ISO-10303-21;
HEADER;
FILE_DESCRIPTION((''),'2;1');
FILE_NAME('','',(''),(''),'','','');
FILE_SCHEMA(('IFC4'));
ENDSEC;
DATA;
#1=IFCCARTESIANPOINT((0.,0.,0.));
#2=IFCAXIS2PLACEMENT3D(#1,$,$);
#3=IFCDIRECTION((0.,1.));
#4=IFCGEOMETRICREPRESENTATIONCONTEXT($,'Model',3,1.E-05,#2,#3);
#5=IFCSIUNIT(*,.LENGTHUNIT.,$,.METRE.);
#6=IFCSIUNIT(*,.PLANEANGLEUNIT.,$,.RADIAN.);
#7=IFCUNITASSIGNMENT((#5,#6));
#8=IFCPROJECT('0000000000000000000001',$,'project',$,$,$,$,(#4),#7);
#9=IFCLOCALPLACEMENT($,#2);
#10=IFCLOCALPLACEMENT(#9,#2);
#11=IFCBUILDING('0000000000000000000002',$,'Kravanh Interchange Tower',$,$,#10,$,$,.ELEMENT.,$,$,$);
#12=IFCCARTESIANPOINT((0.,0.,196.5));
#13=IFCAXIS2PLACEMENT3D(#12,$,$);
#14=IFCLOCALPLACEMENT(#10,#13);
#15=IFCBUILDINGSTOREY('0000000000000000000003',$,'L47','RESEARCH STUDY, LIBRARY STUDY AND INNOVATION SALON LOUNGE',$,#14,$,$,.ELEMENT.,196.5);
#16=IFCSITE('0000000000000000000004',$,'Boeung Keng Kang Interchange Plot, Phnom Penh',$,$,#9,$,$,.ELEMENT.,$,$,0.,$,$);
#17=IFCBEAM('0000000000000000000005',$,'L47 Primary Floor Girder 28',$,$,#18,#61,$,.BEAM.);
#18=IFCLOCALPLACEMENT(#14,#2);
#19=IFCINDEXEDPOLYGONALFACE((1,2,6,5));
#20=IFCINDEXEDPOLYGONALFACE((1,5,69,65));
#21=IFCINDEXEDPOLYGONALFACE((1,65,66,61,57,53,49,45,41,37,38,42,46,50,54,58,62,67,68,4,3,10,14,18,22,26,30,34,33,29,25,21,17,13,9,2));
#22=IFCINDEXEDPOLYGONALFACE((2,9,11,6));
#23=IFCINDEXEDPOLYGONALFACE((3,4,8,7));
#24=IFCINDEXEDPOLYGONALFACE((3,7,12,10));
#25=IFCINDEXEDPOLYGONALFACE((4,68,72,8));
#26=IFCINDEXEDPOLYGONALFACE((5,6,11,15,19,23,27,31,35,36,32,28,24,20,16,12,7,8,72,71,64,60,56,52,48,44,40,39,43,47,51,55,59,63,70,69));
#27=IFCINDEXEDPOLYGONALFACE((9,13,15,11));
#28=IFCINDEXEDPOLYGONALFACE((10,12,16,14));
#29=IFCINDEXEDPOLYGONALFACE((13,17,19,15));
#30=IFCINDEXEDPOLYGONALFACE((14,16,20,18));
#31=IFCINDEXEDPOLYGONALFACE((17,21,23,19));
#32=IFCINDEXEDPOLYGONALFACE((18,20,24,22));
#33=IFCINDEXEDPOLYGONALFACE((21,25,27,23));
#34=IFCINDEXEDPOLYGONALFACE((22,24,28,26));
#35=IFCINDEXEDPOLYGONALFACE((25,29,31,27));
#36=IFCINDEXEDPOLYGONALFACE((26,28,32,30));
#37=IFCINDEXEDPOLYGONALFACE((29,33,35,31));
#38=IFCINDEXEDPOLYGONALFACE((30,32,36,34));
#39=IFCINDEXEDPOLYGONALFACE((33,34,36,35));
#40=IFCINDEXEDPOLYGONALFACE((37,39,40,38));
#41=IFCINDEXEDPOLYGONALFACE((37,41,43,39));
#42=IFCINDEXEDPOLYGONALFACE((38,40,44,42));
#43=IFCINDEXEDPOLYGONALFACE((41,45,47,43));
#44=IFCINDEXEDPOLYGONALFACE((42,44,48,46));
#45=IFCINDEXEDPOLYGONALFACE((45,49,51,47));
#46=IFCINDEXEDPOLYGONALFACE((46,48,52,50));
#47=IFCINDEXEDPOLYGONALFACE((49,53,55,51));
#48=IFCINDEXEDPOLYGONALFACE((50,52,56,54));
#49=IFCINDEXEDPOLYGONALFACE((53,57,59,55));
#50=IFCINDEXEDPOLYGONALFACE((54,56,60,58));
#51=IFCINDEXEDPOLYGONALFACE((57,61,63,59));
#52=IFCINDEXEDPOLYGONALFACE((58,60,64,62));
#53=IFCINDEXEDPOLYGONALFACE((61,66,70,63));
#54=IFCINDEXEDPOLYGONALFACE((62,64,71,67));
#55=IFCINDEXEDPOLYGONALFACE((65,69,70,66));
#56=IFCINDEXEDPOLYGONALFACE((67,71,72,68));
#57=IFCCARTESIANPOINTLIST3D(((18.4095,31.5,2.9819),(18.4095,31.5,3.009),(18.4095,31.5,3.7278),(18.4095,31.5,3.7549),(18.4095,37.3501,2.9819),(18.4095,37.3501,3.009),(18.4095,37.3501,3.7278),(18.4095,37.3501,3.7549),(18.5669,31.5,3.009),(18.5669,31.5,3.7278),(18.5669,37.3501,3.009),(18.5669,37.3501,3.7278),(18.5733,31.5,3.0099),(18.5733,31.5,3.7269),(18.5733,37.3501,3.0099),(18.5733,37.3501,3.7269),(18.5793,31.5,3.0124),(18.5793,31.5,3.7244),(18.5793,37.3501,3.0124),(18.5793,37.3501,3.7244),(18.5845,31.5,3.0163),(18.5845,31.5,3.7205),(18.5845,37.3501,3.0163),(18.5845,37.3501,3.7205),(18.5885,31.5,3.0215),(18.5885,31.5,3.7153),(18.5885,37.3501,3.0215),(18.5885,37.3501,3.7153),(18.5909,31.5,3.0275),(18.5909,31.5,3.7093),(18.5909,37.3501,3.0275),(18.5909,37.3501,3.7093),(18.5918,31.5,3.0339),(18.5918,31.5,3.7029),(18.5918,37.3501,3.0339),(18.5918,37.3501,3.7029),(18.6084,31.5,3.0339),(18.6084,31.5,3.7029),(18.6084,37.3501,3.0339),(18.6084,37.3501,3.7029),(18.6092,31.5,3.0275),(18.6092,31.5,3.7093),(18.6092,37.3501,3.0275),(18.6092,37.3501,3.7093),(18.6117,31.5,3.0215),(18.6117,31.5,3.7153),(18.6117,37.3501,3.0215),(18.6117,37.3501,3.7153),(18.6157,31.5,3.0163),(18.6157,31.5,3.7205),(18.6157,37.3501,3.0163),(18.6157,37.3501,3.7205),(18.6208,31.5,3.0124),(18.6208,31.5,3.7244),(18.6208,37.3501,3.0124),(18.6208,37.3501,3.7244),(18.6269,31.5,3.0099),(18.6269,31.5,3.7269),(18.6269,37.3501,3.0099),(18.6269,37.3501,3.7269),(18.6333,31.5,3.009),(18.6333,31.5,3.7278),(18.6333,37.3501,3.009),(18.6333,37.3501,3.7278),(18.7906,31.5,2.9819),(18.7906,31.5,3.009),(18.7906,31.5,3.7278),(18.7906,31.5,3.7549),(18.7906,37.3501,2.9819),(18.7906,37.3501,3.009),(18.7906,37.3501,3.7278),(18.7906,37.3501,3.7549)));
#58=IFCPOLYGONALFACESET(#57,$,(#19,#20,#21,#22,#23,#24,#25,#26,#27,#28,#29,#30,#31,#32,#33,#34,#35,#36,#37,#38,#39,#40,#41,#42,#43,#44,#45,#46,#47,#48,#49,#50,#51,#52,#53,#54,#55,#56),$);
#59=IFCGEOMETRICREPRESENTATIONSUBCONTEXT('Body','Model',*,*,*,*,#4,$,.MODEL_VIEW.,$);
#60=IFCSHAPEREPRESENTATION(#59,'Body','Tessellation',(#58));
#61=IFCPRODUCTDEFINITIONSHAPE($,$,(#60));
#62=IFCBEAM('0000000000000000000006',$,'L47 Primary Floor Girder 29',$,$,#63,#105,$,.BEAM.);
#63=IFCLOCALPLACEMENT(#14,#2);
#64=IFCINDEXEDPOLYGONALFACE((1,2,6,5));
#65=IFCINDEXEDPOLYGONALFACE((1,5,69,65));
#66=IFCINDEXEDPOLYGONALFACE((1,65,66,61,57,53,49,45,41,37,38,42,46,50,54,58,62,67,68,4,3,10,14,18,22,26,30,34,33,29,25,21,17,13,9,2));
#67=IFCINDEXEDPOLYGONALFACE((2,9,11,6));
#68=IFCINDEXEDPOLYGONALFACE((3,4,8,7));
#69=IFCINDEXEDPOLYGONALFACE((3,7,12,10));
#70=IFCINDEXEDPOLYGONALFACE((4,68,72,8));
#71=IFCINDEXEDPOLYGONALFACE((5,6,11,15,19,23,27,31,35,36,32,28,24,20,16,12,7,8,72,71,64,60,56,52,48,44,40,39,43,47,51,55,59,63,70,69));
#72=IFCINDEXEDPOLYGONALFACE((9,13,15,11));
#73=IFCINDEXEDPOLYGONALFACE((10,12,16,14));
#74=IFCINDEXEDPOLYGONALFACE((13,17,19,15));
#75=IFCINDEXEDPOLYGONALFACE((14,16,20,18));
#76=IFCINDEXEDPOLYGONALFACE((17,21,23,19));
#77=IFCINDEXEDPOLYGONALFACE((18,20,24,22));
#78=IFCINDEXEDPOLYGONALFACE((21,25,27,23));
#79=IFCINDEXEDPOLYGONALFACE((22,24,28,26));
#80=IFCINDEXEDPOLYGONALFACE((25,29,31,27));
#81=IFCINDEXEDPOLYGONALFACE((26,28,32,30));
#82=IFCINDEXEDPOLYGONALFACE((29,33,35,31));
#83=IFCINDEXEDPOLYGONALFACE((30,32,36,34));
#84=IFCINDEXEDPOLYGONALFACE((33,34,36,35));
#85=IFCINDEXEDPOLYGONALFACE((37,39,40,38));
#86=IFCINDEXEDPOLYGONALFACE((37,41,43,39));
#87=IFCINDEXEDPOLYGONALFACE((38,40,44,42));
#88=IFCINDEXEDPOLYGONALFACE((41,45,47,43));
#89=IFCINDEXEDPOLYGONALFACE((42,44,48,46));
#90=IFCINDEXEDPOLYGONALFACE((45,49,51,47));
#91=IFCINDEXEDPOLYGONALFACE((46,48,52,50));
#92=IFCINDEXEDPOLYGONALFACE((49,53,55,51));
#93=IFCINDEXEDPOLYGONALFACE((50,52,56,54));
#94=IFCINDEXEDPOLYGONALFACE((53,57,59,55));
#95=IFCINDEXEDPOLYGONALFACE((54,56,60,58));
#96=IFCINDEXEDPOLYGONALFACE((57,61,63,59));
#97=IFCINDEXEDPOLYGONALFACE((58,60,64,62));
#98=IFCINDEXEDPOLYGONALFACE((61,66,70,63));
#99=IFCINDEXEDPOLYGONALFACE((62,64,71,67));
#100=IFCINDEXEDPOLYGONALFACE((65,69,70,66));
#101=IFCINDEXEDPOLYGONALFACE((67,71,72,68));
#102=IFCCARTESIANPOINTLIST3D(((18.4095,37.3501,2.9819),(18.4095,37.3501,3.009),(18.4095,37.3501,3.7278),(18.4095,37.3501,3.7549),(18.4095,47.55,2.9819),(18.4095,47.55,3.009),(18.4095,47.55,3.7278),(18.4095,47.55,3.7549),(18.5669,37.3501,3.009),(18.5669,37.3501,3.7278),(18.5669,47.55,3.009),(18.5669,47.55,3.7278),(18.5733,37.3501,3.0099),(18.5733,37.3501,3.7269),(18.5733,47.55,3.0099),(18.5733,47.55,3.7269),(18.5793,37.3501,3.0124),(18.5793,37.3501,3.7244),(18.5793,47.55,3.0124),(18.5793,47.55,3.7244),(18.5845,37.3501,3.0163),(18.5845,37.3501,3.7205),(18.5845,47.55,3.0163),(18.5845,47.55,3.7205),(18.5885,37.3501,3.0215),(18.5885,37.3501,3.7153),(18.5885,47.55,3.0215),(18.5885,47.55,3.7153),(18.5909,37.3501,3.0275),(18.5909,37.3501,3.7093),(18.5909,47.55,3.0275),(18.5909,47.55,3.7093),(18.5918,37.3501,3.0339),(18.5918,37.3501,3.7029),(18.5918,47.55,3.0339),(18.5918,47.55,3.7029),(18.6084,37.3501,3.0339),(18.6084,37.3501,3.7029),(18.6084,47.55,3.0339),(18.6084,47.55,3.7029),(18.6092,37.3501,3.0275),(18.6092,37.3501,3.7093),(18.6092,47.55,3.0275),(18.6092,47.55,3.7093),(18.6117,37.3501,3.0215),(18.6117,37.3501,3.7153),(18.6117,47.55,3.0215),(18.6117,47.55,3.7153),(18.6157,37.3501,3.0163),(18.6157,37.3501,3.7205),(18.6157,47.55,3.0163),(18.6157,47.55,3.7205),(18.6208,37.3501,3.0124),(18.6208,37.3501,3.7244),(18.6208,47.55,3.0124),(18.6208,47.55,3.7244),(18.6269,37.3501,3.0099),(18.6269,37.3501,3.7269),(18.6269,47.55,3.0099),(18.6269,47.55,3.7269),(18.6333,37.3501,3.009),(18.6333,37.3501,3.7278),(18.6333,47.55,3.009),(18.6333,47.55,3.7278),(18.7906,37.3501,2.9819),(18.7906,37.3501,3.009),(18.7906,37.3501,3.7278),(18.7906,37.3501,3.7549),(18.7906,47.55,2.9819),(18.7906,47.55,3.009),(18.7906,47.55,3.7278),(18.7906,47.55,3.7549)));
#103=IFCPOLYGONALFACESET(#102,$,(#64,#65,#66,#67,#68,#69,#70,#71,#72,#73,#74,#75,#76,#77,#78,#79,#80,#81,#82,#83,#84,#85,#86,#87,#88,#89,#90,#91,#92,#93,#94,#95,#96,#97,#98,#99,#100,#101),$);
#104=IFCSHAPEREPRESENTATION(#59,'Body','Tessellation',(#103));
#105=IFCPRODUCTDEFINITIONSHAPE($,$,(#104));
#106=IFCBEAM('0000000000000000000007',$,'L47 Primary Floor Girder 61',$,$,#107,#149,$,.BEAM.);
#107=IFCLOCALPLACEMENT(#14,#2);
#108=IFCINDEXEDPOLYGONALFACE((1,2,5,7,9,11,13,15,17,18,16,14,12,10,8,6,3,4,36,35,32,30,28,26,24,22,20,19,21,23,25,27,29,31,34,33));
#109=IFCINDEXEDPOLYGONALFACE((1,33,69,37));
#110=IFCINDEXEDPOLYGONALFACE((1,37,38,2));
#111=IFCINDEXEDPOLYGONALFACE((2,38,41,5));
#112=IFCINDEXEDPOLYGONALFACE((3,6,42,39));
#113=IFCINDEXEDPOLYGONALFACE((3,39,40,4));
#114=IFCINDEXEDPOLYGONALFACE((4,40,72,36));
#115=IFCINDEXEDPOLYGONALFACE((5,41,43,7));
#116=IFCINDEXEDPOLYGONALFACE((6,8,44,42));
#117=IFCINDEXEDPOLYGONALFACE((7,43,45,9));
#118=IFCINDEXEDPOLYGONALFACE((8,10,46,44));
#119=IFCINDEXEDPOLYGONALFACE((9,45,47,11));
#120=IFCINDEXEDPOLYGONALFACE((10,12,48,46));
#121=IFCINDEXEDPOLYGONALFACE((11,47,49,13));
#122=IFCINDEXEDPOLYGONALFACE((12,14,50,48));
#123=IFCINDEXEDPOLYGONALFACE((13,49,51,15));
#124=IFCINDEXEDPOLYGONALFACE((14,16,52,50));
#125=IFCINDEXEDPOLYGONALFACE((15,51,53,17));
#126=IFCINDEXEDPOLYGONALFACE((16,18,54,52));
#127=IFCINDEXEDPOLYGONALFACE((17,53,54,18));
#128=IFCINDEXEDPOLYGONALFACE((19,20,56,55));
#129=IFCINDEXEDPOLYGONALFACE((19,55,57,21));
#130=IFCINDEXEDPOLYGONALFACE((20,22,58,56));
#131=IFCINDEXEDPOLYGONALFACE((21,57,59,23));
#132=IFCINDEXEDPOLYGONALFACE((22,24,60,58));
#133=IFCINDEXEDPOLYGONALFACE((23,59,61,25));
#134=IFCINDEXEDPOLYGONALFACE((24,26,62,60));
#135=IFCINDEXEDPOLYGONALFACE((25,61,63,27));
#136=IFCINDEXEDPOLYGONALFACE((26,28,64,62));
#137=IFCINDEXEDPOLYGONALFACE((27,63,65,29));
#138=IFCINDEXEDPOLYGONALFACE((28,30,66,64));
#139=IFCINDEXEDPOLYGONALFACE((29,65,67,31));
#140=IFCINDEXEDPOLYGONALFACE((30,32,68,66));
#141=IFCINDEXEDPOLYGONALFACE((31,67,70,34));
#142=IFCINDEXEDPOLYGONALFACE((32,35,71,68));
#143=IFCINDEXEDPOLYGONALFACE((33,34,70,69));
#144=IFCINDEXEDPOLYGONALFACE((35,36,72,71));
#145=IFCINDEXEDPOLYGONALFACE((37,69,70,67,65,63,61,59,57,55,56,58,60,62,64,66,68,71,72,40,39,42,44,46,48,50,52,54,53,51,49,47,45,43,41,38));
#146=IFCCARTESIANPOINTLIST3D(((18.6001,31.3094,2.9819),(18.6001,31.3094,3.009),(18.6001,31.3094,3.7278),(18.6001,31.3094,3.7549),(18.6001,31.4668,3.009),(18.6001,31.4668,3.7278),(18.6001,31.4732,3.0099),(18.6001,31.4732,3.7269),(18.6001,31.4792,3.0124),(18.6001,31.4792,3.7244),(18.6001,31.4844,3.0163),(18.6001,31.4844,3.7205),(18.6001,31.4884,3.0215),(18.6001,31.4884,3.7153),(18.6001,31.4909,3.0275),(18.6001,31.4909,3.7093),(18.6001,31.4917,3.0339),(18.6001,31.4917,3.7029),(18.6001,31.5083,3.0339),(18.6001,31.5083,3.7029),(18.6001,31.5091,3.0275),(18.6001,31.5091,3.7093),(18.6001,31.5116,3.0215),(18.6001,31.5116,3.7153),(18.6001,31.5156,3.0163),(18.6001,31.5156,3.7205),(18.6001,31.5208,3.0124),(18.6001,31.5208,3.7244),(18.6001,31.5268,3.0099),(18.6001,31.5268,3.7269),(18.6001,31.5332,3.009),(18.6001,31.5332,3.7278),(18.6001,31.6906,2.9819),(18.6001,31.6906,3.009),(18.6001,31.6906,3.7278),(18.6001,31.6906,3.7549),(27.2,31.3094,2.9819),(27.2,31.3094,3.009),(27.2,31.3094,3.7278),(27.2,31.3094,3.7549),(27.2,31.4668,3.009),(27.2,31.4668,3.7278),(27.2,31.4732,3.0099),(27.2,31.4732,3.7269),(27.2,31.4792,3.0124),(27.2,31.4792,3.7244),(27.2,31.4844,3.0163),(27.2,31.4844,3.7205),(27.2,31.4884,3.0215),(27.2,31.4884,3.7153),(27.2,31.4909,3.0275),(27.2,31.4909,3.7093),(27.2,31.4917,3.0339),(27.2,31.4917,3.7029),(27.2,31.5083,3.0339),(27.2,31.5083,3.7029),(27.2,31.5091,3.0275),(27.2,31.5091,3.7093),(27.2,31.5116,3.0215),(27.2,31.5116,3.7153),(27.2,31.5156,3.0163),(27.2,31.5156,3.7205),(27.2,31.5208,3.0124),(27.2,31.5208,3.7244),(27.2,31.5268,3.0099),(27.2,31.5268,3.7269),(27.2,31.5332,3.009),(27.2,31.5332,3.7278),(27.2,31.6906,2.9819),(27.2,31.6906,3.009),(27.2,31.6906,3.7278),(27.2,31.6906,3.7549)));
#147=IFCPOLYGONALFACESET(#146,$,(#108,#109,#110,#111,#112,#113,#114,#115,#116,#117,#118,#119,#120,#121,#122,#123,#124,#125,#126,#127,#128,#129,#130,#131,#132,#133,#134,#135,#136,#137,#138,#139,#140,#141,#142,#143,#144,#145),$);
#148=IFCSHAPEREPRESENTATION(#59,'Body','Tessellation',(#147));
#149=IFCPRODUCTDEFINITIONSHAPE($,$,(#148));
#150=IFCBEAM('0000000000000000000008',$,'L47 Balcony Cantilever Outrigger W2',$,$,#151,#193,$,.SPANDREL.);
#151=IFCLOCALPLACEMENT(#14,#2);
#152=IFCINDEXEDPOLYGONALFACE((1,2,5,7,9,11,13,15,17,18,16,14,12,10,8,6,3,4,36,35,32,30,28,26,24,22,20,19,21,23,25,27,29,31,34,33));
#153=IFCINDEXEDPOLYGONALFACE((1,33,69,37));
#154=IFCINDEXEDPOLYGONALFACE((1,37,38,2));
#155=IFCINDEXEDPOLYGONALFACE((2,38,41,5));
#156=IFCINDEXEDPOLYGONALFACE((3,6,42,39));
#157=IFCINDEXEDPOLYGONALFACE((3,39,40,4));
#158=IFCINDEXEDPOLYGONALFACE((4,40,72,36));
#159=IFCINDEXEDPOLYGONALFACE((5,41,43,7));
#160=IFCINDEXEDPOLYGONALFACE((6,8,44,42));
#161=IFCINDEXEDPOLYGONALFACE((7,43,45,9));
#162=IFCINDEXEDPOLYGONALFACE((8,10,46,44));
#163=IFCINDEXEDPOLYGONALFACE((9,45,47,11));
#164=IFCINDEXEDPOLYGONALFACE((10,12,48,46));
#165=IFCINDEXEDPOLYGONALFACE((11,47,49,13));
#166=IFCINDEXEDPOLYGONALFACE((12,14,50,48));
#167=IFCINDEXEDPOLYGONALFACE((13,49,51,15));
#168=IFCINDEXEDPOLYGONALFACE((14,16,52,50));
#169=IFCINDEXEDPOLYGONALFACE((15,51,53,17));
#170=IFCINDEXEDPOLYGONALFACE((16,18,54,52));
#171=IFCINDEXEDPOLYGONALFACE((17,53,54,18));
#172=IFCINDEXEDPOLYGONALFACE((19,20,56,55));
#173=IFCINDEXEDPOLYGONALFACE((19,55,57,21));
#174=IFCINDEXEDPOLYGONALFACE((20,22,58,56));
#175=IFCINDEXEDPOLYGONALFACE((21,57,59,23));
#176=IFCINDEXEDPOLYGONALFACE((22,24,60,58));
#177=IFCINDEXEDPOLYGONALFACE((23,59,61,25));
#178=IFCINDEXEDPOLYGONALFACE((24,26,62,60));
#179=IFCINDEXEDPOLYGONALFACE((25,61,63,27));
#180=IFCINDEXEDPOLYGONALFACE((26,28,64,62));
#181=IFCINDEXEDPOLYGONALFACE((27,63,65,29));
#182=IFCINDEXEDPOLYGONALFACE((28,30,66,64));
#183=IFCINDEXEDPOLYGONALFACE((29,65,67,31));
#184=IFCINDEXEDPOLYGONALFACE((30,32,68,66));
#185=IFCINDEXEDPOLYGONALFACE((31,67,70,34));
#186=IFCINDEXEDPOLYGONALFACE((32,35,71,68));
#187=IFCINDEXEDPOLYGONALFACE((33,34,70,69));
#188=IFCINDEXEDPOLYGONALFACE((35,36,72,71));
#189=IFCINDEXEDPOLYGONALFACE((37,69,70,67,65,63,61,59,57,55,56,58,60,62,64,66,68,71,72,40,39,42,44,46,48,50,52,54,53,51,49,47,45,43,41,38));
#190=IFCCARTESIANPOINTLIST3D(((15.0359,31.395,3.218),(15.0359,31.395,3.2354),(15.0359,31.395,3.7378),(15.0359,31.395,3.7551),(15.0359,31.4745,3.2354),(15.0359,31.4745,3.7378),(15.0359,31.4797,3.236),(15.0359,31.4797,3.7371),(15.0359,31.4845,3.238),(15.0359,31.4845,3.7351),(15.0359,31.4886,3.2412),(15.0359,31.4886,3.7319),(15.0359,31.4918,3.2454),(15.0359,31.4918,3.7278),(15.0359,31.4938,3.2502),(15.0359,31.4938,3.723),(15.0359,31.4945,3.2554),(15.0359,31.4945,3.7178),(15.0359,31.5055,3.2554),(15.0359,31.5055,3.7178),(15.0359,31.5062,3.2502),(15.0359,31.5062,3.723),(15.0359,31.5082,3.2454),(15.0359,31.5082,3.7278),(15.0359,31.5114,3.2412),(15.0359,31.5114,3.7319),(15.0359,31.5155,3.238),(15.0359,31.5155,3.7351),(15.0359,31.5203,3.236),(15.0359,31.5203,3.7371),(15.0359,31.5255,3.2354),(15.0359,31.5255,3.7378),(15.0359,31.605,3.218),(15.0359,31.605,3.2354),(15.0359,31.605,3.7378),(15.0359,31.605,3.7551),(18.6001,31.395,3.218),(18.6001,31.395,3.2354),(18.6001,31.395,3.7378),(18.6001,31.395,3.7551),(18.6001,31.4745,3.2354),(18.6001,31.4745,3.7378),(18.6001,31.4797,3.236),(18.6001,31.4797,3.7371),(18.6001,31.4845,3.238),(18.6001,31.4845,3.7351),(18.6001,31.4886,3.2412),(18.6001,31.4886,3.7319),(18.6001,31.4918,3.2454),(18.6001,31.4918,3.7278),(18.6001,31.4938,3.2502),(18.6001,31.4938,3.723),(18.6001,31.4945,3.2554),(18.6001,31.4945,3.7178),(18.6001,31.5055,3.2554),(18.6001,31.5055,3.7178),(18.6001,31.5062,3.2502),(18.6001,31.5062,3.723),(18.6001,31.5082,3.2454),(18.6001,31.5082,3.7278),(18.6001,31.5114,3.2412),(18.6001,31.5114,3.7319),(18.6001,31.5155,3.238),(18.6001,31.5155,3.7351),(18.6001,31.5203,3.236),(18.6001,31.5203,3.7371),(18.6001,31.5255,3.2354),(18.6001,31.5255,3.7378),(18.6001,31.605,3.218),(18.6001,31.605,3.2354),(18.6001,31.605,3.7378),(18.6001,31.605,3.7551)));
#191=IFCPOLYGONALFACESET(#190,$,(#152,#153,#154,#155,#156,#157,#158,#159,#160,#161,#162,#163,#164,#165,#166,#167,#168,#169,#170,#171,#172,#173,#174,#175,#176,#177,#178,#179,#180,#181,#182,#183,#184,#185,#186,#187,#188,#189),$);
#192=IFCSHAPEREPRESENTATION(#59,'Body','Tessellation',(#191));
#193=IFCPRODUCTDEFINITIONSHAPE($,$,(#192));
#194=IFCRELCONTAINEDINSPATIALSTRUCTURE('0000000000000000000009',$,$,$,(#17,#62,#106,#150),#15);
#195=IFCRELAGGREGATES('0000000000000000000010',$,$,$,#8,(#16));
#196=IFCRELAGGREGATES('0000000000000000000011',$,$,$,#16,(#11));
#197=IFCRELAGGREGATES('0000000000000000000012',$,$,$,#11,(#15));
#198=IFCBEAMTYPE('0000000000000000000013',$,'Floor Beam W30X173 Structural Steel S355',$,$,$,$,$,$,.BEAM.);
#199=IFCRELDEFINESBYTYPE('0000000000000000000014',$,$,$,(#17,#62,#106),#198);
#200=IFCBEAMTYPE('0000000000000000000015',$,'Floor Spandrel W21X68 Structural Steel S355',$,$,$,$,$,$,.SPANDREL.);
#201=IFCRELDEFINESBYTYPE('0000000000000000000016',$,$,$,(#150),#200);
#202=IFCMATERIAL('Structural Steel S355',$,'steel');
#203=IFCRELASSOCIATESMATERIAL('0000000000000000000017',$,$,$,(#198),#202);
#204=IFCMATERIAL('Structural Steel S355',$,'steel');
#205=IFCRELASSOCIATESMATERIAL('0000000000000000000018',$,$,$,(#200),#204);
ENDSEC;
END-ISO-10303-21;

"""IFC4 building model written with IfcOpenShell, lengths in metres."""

from ifc_helpers import new_model, si_unit, direction, frame, origin, origin_2d, place, context, subcontext, project, spatial, i_section, extrude, material, material_profile, profile_set, type_object, element, save


model = new_model("IFC4")

# Units and contexts
model_context = context("Model", 3, precision=1e-05, world=origin(), true_north=direction((0.0, 1.0)))
body_context = subcontext(model_context, "Body", "Model", "MODEL_VIEW")
ifc_project = project(units=[si_unit("LENGTHUNIT", "METRE"), si_unit("PLANEANGLEUNIT", "RADIAN")], contexts=[model_context])

# Site, building, storey
site_placement = place(None, origin())
site = spatial("IfcSite", under=ifc_project, at=site_placement, Name="Boeung Keng Kang Interchange Plot, Phnom Penh", CompositionType="ELEMENT", RefElevation=0.0)
building_placement = place(site_placement, origin())
building = spatial("IfcBuilding", under=site, at=building_placement, Name="Kravanh Interchange Tower", CompositionType="ELEMENT")
storey_placement = place(building_placement, frame((0.0, 0.0, 196.5)))
storey = spatial("IfcBuildingStorey", under=building, at=storey_placement, Name="L47", Description="RESEARCH STUDY, LIBRARY STUDY AND INNOVATION SALON LOUNGE", CompositionType="ELEMENT", Elevation=196.5)

# Beams
ifc_material_1 = material(Name="Structural Steel S355", Category="steel")
ifc_material_profile_1 = material_profile(ifc_material_1, i_section(OverallWidth=0.3811, OverallDepth=0.7729, WebThickness=0.0166, FlangeThickness=0.0271, FilletRadius=0.0249, at=origin_2d()), Name="W30X173")
ifc_profile_set_1 = profile_set([ifc_material_profile_1], Name="Structural Steel S355")
beam_type_1 = type_object("IfcBeamType", Name="Floor Beam W30X173 Structural Steel S355", PredefinedType="BEAM", material=ifc_profile_set_1)
beam_1_placement = place(storey_placement, frame((18.6001, 37.3501, 3.3684), z_axis=(0.0, -1.0, 0.0), x_axis=(1.0, 0.0, 0.0)))
element("IfcBeam", 1, at=beam_1_placement, inside=storey, type_object=beam_type_1, Name="L47 Primary Floor Girder 28", PredefinedType="BEAM", context=body_context, shape_type="SweptSolid", body=[
    extrude(i_section(OverallWidth=0.3811, OverallDepth=0.7729, WebThickness=0.0166, FlangeThickness=0.0271, FilletRadius=0.0249, at=origin_2d()), origin(), (0.0, 0.0, 1.0), 5.8501),
])
beam_2_placement = place(storey_placement, frame((18.6001, 37.3501, 3.3684), z_axis=(0.0, 1.0, 0.0), x_axis=(-1.0, 0.0, 0.0)))
element("IfcBeam", 2, at=beam_2_placement, inside=storey, type_object=beam_type_1, Name="L47 Primary Floor Girder 29", PredefinedType="BEAM", context=body_context, shape_type="SweptSolid", body=[
    extrude(i_section(OverallWidth=0.3811, OverallDepth=0.7729, WebThickness=0.0166, FlangeThickness=0.0271, FilletRadius=0.0249, at=origin_2d()), origin(), (0.0, 0.0, 1.0), 10.2),
])
beam_3_placement = place(storey_placement, frame((18.6001, 31.5, 3.3684), z_axis=(1.0, 0.0, 0.0), x_axis=(0.0, 1.0, 0.0)))
element("IfcBeam", 3, at=beam_3_placement, inside=storey, type_object=beam_type_1, Name="L47 Primary Floor Girder 61", PredefinedType="BEAM", context=body_context, shape_type="SweptSolid", body=[
    extrude(i_section(OverallWidth=0.3811, OverallDepth=0.7729, WebThickness=0.0166, FlangeThickness=0.0271, FilletRadius=0.0249, at=origin_2d()), origin(), (0.0, 0.0, 1.0), 8.5999),
])
ifc_material_2 = material(Name="Structural Steel S355", Category="steel")
ifc_material_profile_2 = material_profile(ifc_material_2, i_section(OverallWidth=0.21, OverallDepth=0.5371, WebThickness=0.011, FlangeThickness=0.0173, FilletRadius=0.02, at=origin_2d()), Name="W21X68")
ifc_profile_set_2 = profile_set([ifc_material_profile_2], Name="Structural Steel S355")
beam_type_2 = type_object("IfcBeamType", Name="Floor Spandrel W21X68 Structural Steel S355", PredefinedType="SPANDREL", material=ifc_profile_set_2)
beam_4_placement = place(storey_placement, frame((18.6001, 31.5, 3.4866), z_axis=(-1.0, 0.0, 0.0), x_axis=(0.0, -1.0, 0.0)))
element("IfcBeam", 4, at=beam_4_placement, inside=storey, type_object=beam_type_2, Name="L47 Balcony Cantilever Outrigger W2", PredefinedType="SPANDREL", context=body_context, shape_type="SweptSolid", body=[
    extrude(i_section(OverallWidth=0.21, OverallDepth=0.5371, WebThickness=0.011, FlangeThickness=0.0173, FilletRadius=0.02, at=origin_2d()), origin(), (0.0, 0.0, 1.0), 3.5642),
])

save(model, "model.ifc")
